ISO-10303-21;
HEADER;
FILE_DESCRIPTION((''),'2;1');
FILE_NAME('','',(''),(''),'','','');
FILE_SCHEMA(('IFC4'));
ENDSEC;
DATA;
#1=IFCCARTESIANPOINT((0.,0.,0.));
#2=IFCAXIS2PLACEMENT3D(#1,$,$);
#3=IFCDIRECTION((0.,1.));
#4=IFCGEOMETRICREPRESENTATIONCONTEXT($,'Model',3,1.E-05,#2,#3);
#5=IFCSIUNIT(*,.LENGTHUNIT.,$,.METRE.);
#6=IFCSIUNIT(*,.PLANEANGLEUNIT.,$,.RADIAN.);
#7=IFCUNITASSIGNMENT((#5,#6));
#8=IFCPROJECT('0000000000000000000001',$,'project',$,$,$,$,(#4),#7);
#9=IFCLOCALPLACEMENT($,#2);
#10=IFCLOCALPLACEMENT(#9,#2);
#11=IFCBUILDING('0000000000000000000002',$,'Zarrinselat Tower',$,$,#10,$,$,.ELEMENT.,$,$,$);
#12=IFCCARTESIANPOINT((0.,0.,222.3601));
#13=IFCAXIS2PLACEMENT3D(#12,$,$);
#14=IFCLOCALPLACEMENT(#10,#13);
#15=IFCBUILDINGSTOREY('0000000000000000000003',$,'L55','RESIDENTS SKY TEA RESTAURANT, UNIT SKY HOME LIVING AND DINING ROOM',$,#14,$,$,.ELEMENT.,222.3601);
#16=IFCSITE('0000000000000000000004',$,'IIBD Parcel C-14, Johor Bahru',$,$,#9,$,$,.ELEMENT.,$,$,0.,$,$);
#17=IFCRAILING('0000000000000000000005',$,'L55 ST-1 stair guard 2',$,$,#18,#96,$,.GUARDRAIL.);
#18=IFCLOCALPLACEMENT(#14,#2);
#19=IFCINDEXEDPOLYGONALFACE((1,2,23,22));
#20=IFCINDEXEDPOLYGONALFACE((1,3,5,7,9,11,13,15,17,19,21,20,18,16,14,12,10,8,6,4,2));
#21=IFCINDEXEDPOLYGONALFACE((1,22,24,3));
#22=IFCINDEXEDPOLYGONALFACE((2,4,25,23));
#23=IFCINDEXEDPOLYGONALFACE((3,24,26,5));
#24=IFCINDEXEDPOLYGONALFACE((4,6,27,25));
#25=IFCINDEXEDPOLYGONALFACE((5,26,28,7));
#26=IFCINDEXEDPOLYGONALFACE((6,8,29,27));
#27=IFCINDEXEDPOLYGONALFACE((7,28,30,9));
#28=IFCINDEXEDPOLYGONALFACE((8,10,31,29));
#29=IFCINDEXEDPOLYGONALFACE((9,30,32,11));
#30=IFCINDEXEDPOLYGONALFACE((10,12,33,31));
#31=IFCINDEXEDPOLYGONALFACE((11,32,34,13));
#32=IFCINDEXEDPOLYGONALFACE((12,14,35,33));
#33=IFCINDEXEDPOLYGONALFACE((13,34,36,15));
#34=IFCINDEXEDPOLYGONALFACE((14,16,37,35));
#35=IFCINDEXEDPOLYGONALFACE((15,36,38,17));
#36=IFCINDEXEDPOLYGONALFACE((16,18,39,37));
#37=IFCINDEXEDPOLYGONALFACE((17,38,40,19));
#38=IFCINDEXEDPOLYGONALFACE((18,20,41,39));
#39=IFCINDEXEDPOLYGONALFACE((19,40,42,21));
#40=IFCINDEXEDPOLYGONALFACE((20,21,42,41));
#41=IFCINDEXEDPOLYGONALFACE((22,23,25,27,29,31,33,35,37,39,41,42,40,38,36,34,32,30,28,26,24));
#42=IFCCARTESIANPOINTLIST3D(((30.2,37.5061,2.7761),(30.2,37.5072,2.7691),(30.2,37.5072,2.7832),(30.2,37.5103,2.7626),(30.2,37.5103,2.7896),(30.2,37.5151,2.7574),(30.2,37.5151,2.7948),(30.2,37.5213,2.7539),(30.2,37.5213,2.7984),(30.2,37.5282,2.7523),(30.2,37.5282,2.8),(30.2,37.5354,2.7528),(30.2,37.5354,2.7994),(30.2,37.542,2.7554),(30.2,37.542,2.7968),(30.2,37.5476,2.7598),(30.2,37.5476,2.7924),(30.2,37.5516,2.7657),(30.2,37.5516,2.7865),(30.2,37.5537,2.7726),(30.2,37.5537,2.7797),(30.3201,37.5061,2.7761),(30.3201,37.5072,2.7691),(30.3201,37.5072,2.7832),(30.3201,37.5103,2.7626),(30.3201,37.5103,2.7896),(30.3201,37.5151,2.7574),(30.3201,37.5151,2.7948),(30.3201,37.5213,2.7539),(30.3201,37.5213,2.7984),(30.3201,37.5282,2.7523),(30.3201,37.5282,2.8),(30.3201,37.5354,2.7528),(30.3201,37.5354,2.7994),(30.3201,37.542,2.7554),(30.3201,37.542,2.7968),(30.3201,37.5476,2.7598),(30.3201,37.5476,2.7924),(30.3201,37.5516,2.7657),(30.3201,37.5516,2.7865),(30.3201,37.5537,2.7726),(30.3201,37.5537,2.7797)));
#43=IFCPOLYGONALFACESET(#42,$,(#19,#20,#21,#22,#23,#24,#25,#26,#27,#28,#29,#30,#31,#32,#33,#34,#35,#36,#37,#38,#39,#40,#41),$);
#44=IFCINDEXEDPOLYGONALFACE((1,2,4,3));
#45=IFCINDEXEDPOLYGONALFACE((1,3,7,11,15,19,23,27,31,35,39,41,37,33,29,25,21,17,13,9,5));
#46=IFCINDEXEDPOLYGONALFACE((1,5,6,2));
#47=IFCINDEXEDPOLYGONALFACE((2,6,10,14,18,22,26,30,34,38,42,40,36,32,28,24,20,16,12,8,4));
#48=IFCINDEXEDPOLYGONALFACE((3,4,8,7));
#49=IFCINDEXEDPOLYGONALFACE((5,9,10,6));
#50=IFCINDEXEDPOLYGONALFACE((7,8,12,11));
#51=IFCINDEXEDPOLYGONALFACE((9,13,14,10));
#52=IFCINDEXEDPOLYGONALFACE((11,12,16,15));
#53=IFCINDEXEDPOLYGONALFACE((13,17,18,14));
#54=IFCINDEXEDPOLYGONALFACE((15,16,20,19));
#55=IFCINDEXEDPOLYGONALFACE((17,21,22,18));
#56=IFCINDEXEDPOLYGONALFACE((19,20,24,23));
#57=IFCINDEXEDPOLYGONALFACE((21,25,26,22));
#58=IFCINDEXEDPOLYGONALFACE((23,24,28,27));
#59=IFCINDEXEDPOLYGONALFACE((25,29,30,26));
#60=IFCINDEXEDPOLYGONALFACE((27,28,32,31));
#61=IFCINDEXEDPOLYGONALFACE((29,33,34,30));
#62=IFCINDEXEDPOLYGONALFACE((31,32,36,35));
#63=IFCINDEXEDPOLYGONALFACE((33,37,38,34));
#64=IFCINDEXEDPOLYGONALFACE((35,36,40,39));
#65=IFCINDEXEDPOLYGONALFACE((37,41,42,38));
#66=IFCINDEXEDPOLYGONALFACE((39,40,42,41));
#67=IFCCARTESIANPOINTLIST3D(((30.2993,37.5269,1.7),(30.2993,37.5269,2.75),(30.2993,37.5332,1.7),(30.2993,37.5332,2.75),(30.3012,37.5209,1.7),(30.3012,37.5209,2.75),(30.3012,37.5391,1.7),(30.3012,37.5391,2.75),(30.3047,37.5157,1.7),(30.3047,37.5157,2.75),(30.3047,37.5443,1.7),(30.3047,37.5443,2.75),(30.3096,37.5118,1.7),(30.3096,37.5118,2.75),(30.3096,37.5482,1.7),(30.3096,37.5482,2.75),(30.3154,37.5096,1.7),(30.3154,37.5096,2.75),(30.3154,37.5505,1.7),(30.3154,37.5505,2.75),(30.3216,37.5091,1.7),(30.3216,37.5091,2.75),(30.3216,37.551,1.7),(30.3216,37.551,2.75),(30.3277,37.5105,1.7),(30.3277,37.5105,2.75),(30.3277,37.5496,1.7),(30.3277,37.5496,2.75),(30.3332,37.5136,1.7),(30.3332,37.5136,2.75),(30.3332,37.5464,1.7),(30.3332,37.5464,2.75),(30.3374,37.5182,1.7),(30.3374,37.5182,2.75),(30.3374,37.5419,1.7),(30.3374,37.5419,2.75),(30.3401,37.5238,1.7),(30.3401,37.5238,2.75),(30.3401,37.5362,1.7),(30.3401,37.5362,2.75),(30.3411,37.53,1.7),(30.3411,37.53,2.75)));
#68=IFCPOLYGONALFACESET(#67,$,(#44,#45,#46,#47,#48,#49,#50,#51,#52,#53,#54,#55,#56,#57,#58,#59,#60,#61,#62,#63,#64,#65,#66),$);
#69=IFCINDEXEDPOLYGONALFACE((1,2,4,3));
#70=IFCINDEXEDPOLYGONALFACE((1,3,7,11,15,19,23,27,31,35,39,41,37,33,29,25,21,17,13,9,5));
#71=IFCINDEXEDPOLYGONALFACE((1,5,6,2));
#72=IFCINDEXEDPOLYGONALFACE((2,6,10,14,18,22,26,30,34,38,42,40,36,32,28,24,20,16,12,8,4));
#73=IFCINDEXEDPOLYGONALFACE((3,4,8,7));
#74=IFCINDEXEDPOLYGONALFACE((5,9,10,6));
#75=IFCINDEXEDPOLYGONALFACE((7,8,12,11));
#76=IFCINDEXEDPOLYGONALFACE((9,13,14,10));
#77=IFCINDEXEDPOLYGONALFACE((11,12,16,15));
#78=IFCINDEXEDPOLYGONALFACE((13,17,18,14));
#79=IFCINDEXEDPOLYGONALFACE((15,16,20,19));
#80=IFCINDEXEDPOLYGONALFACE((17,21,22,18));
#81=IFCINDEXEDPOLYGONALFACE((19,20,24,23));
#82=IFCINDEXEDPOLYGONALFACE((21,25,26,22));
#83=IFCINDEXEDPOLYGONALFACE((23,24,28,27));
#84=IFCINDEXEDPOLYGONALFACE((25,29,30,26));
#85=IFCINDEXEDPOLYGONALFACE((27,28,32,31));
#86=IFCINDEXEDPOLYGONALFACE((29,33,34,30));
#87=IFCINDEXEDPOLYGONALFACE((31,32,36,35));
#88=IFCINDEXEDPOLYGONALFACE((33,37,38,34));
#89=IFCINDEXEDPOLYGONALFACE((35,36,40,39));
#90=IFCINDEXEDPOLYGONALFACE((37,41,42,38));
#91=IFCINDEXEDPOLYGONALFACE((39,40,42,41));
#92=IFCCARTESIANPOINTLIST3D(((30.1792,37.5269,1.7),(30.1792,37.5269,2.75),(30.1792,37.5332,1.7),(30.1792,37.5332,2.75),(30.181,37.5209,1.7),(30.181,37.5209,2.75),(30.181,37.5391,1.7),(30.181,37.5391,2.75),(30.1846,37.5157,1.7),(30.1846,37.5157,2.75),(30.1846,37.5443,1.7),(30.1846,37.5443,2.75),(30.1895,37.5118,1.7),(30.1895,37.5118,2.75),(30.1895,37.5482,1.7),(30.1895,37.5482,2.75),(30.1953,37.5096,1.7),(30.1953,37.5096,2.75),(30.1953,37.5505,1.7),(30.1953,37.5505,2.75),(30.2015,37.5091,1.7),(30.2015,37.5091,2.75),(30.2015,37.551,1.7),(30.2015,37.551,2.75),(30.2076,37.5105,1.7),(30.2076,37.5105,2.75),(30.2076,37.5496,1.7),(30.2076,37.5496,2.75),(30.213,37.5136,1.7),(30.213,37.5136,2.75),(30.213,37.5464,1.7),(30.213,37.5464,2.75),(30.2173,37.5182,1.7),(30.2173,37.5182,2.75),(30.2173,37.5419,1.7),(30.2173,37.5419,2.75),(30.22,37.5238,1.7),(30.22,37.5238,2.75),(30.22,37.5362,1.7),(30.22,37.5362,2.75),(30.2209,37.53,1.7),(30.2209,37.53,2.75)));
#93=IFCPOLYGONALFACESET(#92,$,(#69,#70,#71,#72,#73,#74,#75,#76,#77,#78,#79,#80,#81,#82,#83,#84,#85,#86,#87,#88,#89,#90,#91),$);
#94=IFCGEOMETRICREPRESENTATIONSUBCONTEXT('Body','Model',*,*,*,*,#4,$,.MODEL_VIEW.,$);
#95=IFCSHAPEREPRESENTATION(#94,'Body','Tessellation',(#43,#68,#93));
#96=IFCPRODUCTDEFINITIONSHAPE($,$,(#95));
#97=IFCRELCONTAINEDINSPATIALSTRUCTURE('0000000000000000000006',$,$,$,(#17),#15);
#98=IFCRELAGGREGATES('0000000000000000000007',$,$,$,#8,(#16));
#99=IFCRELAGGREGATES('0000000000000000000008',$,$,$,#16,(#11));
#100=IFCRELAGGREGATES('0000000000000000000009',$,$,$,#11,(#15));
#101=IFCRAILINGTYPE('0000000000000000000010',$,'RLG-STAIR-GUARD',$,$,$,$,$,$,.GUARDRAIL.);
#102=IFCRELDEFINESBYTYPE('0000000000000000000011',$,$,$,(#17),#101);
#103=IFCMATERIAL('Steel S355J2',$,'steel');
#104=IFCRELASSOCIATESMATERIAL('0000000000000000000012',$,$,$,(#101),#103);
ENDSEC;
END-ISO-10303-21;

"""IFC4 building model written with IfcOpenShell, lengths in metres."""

from ifc_helpers import new_model, si_unit, direction, frame, origin, origin_2d, place, context, subcontext, project, spatial, circle, extrude, material, type_object, element, save


model = new_model("IFC4")

# Units and contexts
model_context = context("Model", 3, precision=1e-05, world=origin(), true_north=direction((0.0, 1.0)))
body_context = subcontext(model_context, "Body", "Model", "MODEL_VIEW")
ifc_project = project(units=[si_unit("LENGTHUNIT", "METRE"), si_unit("PLANEANGLEUNIT", "RADIAN")], contexts=[model_context])

# Site, building, storey
site_placement = place(None, origin())
site = spatial("IfcSite", under=ifc_project, at=site_placement, Name="IIBD Parcel C-14, Johor Bahru", CompositionType="ELEMENT", RefElevation=0.0)
building_placement = place(site_placement, origin())
building = spatial("IfcBuilding", under=site, at=building_placement, Name="Zarrinselat Tower", CompositionType="ELEMENT")
storey_placement = place(building_placement, frame((0.0, 0.0, 222.3601)))
storey = spatial("IfcBuildingStorey", under=building, at=storey_placement, Name="L55", Description="RESIDENTS SKY TEA RESTAURANT, UNIT SKY HOME LIVING AND DINING ROOM", CompositionType="ELEMENT", Elevation=222.3601)

# Railing
ifc_material_1 = material(Name="Steel S355J2", Category="steel")
railing_type_1 = type_object("IfcRailingType", Name="RLG-STAIR-GUARD", PredefinedType="GUARDRAIL", material=ifc_material_1)
railing_1_placement = place(storey_placement, frame((30.3201, 37.53, 1.7)))
element("IfcRailing", 1, at=railing_1_placement, inside=storey, type_object=railing_type_1, Name="L55 ST-1 stair guard 2", PredefinedType="GUARDRAIL", context=body_context, shape_type="SweptSolid", body=[
    extrude(circle(Radius=0.0239, at=origin_2d()), frame((0.0, 0.0, 1.0762), z_axis=(-1.0, 0.0, 0.0), x_axis=(0.0, -1.0, 0.0)), (0.0, 0.0, 1.0), 0.1201),
    extrude(circle(Radius=0.021, at=origin_2d()), origin(), (0.0, 0.0, 1.0), 1.05),
    extrude(circle(Radius=0.021, at=origin_2d()), frame((-0.1201, 0.0, 0.0)), (0.0, 0.0, 1.0), 1.05),
])

save(model, "model.ifc")
